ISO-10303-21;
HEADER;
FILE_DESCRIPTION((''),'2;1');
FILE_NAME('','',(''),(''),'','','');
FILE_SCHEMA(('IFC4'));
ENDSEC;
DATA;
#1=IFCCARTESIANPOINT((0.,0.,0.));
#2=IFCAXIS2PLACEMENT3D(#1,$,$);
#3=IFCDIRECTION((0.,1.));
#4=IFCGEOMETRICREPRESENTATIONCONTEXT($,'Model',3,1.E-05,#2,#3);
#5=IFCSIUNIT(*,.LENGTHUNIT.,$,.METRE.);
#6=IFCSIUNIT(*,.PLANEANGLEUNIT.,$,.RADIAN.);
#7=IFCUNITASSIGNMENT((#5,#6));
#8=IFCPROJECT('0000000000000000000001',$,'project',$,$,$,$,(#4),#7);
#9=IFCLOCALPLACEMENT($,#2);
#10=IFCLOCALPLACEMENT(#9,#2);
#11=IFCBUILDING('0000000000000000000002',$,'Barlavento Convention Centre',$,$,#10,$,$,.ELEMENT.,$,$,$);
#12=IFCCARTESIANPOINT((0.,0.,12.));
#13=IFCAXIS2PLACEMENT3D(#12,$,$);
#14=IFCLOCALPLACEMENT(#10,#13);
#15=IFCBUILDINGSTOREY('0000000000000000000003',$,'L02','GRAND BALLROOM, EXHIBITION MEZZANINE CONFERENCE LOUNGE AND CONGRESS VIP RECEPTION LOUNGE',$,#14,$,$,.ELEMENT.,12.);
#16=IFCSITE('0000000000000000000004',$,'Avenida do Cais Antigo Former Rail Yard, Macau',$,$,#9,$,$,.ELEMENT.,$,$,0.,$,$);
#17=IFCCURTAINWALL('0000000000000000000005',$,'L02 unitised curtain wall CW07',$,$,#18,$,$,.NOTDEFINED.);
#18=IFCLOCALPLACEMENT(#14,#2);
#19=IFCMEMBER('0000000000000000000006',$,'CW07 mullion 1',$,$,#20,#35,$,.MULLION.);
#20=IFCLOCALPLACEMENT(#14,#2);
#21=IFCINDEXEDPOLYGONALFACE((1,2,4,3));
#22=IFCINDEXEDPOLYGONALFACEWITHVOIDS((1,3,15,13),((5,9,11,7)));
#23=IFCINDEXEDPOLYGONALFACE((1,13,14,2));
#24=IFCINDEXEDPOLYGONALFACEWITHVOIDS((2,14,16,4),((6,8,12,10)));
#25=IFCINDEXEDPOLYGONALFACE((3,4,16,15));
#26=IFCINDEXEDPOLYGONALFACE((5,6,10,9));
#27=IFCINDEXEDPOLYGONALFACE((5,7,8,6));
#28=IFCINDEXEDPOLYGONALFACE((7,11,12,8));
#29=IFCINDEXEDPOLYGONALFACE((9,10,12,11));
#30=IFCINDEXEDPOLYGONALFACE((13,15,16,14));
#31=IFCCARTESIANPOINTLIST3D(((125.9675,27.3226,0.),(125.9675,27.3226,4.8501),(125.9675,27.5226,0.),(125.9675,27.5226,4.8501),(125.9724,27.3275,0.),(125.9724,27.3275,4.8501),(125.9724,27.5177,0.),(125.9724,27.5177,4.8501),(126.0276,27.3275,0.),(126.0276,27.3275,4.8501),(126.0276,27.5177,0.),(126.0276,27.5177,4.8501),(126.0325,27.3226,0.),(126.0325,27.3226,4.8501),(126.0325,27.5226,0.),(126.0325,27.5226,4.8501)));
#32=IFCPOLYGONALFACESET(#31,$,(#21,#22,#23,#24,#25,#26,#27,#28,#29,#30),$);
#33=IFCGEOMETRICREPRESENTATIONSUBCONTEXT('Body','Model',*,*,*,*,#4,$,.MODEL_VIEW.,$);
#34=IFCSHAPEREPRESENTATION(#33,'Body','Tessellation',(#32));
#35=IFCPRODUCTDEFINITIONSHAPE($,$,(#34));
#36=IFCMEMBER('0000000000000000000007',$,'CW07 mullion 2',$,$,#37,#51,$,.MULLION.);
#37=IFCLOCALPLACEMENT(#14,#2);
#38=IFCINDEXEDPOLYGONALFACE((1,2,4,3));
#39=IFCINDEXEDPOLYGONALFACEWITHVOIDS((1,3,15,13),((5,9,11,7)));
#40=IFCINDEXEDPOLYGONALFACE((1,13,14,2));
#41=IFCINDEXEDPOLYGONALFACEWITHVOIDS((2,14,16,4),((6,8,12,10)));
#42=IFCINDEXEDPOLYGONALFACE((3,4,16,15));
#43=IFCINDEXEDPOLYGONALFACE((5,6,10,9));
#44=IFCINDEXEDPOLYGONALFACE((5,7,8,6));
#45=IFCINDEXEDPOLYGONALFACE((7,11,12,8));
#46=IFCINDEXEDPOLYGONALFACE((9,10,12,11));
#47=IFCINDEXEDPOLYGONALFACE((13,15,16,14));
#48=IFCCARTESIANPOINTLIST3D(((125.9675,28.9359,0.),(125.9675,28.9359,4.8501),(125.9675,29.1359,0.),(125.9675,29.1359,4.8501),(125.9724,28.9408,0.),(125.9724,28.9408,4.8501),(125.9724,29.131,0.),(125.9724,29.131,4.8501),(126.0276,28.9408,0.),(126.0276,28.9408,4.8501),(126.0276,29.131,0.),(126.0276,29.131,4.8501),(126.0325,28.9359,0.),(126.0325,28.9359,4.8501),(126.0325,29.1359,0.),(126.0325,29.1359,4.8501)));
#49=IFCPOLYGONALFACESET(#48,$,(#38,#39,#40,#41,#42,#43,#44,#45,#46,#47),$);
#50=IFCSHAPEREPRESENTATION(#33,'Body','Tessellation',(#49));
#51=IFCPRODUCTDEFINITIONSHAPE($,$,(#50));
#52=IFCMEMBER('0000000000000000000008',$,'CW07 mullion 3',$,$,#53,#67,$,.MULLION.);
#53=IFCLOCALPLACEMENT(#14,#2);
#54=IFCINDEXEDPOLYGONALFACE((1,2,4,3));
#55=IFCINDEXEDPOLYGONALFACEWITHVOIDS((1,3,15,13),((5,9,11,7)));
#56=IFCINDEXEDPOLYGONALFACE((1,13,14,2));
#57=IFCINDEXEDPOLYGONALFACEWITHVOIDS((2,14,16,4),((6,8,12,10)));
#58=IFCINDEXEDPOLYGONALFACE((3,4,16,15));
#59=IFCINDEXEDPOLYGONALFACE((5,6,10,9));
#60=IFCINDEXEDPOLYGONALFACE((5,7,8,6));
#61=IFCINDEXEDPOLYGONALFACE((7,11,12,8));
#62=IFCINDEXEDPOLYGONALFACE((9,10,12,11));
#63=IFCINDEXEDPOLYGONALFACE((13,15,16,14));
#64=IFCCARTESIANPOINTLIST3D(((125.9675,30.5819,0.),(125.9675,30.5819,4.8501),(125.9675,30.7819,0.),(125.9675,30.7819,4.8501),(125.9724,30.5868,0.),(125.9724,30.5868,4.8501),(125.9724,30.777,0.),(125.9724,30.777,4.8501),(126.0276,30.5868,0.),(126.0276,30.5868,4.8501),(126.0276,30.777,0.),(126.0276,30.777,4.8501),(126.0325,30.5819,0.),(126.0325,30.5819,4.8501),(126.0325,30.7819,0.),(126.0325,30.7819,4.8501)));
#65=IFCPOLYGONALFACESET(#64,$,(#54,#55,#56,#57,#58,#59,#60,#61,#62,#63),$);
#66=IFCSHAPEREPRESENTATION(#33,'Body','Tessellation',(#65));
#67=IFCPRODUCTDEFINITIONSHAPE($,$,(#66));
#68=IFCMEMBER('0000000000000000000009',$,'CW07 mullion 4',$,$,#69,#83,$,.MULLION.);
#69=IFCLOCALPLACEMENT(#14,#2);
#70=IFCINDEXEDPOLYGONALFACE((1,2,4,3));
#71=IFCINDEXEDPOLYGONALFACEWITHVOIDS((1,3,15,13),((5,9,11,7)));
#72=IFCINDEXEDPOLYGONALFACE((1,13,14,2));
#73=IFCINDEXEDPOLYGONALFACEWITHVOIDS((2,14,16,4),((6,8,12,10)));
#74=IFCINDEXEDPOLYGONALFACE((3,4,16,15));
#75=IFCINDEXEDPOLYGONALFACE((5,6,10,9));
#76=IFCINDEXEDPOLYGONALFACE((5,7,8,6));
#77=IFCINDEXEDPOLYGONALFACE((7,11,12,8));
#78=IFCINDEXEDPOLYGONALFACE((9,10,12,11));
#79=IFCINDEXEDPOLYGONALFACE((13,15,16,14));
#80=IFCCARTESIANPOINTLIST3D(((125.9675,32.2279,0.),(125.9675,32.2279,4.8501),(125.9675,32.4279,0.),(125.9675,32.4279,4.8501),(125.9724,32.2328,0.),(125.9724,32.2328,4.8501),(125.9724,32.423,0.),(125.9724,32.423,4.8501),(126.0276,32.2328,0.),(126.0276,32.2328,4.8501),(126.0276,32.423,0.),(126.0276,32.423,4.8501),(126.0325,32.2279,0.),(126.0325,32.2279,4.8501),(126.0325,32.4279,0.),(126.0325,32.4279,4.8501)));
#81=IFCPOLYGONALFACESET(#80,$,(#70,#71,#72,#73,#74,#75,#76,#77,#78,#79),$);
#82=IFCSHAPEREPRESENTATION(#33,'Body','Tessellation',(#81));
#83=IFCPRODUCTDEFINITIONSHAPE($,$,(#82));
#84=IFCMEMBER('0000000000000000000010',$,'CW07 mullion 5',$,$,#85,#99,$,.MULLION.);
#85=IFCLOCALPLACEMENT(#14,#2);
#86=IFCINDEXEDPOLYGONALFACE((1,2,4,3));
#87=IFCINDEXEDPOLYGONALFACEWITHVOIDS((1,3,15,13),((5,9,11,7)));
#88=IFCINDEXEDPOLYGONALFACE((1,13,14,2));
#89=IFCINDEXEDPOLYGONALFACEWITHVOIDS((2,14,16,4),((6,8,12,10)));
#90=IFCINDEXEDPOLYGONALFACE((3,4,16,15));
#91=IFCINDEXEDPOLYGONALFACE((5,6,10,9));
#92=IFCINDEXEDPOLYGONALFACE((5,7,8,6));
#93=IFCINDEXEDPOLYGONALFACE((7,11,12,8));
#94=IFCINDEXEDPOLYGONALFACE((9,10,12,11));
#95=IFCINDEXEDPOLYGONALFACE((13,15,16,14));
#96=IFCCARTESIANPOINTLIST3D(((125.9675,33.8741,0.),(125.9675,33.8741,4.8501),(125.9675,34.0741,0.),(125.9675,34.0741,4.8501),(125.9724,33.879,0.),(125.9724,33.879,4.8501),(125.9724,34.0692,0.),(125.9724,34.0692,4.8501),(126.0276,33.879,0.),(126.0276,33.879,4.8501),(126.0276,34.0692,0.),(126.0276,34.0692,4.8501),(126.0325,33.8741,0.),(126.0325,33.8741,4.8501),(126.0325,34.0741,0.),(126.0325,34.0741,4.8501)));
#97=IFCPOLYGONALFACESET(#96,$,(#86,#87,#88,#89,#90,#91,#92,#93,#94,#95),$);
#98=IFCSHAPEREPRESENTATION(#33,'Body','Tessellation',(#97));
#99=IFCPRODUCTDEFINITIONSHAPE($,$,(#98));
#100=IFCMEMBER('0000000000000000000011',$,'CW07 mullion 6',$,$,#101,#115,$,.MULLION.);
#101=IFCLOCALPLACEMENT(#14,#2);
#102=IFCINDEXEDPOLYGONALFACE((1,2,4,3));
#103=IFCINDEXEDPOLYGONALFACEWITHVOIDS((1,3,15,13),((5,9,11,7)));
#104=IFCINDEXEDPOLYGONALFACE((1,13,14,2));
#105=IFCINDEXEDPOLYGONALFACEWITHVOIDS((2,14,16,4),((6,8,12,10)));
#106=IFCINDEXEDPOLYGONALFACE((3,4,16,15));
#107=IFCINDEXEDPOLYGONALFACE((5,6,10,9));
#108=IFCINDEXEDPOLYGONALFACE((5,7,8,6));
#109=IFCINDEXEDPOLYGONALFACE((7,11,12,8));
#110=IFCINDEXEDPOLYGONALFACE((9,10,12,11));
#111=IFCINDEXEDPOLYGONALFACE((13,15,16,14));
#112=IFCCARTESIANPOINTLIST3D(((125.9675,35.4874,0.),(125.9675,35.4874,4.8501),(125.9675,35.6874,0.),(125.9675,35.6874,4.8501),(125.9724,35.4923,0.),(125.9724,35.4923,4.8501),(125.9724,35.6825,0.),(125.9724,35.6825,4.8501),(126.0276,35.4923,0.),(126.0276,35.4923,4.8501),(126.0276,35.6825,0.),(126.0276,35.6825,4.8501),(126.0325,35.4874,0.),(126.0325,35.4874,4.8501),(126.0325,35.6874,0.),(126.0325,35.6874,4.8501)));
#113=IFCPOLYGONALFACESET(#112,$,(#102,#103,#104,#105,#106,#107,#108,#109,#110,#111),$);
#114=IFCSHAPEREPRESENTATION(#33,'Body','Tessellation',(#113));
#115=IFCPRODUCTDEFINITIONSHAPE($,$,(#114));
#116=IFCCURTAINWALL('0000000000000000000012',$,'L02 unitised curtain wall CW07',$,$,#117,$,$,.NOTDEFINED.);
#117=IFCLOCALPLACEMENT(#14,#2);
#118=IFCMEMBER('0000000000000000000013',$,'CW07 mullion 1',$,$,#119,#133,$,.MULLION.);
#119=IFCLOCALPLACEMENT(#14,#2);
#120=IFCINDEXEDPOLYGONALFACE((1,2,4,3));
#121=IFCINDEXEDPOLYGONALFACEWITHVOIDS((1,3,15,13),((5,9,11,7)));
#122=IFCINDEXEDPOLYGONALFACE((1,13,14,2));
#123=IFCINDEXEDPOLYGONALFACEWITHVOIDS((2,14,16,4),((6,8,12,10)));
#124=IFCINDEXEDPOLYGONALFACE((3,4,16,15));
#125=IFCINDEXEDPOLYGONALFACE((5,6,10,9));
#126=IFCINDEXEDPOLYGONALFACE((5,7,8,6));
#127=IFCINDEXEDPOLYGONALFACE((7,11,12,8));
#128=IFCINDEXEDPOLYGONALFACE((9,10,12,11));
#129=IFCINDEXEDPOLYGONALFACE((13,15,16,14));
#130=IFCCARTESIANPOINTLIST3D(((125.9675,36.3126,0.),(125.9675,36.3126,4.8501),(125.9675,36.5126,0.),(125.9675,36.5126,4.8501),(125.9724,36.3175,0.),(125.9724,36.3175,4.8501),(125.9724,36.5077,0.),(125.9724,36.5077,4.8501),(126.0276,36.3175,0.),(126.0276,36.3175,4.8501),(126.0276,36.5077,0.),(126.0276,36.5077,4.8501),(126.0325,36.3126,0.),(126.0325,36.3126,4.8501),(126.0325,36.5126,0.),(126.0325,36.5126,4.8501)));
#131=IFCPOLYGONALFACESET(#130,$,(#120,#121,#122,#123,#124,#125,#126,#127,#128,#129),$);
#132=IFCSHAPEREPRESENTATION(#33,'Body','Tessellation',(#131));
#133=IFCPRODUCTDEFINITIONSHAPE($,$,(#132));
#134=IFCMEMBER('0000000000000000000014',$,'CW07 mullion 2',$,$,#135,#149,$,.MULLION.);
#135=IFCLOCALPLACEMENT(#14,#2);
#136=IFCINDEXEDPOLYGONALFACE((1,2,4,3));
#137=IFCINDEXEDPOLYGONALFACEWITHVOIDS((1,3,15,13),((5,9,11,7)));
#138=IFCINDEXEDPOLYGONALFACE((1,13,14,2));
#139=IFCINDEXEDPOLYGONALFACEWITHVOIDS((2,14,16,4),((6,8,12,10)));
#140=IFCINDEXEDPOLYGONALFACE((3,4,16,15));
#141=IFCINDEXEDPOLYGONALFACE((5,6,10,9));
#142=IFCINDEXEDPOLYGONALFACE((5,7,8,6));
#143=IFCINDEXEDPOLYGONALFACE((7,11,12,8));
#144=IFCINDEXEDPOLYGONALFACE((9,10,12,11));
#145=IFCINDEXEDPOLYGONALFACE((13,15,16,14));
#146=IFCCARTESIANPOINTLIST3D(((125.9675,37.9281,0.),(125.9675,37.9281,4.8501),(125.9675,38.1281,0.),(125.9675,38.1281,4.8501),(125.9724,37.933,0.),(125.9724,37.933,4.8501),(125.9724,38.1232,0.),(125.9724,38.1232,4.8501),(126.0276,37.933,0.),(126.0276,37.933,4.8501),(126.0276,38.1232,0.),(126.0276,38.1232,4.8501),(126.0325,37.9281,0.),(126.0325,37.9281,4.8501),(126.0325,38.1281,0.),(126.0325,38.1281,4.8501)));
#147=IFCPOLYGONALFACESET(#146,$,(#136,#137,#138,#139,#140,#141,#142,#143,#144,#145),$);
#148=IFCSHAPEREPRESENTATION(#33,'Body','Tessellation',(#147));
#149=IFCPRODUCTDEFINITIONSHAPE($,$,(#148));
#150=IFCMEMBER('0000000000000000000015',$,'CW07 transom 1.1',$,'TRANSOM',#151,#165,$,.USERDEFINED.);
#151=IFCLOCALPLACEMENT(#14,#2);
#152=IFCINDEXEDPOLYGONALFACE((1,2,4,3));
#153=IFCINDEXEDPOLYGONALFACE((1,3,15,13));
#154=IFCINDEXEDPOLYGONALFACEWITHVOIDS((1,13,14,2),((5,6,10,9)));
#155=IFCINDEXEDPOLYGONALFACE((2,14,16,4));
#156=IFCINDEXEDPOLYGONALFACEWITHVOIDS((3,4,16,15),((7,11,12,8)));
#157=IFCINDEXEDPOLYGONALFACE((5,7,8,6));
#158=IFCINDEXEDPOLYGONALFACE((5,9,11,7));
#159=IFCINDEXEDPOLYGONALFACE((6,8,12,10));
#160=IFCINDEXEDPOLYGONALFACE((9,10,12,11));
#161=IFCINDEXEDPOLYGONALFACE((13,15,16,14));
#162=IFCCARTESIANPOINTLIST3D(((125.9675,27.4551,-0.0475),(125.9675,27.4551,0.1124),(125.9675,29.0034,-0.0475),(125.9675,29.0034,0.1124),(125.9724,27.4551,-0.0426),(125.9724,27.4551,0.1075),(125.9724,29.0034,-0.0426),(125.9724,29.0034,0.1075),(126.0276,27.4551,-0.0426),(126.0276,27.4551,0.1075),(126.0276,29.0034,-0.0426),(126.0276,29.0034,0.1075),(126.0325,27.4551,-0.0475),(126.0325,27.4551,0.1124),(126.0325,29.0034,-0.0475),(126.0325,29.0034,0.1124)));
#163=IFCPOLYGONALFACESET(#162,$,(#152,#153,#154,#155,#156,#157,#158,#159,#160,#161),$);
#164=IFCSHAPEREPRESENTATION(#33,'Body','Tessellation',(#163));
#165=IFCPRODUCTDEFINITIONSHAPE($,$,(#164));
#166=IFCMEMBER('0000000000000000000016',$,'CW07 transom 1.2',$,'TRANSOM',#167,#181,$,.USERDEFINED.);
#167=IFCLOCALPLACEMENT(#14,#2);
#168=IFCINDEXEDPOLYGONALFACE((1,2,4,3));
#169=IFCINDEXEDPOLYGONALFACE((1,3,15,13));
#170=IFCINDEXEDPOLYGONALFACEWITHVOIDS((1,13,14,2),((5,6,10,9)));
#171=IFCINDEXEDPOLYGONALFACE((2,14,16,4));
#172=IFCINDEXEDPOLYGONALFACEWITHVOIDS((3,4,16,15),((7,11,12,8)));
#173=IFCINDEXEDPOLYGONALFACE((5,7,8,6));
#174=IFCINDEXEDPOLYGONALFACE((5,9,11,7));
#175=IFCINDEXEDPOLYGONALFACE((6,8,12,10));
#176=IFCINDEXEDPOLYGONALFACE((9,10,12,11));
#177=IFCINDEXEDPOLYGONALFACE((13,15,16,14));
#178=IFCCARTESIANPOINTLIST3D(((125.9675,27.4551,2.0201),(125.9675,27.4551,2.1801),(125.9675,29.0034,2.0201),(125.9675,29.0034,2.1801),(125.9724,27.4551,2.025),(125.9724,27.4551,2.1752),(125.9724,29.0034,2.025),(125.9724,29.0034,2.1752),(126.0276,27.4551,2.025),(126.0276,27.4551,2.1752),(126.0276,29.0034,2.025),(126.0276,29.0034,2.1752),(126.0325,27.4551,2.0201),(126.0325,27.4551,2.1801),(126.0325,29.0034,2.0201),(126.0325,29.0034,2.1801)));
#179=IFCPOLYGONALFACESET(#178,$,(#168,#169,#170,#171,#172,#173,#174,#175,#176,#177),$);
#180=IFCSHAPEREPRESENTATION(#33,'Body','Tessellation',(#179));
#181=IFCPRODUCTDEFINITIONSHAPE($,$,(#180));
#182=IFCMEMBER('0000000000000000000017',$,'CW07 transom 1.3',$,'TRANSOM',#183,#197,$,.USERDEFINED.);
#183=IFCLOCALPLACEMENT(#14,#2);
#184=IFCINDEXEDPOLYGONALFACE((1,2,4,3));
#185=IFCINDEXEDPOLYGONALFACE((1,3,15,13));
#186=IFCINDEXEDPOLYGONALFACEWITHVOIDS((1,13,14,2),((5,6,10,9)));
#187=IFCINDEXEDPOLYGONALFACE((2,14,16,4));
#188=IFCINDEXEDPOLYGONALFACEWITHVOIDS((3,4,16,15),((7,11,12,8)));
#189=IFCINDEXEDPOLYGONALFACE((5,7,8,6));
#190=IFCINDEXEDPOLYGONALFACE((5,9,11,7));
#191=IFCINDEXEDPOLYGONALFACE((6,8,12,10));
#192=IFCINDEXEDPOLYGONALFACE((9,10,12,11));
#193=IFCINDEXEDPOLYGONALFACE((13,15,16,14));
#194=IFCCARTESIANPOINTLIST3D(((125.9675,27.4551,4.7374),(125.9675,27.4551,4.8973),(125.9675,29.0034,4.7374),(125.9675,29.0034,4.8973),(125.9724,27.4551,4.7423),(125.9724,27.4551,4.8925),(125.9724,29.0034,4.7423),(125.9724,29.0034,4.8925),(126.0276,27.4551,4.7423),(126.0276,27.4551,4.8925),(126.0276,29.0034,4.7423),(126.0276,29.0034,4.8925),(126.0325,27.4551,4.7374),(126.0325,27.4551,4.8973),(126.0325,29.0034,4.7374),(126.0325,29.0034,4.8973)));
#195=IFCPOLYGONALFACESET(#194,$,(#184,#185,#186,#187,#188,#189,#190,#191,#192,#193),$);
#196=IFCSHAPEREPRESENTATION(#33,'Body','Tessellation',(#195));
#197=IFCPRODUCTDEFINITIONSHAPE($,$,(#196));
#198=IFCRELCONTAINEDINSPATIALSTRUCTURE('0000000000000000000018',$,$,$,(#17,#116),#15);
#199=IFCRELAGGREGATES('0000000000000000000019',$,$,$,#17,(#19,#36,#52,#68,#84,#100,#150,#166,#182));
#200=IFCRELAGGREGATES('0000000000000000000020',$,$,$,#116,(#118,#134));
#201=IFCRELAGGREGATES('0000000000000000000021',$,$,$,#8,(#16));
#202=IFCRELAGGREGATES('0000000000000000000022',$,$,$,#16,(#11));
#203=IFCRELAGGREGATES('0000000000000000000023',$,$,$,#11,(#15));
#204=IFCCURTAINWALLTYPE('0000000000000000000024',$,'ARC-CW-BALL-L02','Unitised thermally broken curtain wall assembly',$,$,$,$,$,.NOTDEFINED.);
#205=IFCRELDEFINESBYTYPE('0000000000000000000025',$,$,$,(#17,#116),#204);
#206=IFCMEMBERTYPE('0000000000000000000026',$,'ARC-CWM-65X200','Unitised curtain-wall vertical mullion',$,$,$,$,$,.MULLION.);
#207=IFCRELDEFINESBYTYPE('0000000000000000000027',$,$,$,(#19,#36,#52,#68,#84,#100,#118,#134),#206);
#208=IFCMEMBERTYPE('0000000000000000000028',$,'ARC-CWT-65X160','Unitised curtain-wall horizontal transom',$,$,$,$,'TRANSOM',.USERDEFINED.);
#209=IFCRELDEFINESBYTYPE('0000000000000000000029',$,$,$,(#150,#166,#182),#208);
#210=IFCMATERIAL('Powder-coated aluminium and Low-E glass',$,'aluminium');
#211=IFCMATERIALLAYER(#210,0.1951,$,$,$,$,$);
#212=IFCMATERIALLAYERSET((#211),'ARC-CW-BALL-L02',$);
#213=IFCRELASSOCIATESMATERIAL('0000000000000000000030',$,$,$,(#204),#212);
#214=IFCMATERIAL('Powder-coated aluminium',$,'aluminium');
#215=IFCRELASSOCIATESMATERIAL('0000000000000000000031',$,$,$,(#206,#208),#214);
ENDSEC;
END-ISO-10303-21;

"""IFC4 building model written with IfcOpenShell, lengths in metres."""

from ifc_helpers import new_model, si_unit, direction, frame, origin, origin_2d, place, context, subcontext, project, spatial, hollow_rectangle, extrude, material, layer, layer_set, material_profile, profile_set, type_object, element, aggregate, save


model = new_model("IFC4")

# Units and contexts
model_context = context("Model", 3, precision=1e-05, world=origin(), true_north=direction((0.0, 1.0)))
body_context = subcontext(model_context, "Body", "Model", "MODEL_VIEW")
ifc_project = project(units=[si_unit("LENGTHUNIT", "METRE"), si_unit("PLANEANGLEUNIT", "RADIAN")], contexts=[model_context])

# Site, building, storey
site_placement = place(None, origin())
site = spatial("IfcSite", under=ifc_project, at=site_placement, Name="Avenida do Cais Antigo Former Rail Yard, Macau", CompositionType="ELEMENT", RefElevation=0.0)
building_placement = place(site_placement, origin())
building = spatial("IfcBuilding", under=site, at=building_placement, Name="Barlavento Convention Centre", CompositionType="ELEMENT")
storey_placement = place(building_placement, frame((0.0, 0.0, 12.0)))
storey = spatial("IfcBuildingStorey", under=building, at=storey_placement, Name="L02", Description="GRAND BALLROOM, EXHIBITION MEZZANINE CONFERENCE LOUNGE AND CONGRESS VIP RECEPTION LOUNGE", CompositionType="ELEMENT", Elevation=12.0)

# Curtain walls, members
ifc_material_1 = material(Name="Powder-coated aluminium and Low-E glass", Category="aluminium")
ifc_layer_1 = layer(ifc_material_1, 0.1951)
ifc_layer_set_1 = layer_set([ifc_layer_1], Name="ARC-CW-BALL-L02")
curtain_wall_type = type_object("IfcCurtainWallType", Name="ARC-CW-BALL-L02", Description="Unitised thermally broken curtain wall assembly", PredefinedType="NOTDEFINED", material=ifc_layer_set_1)
curtain_wall_1_placement = place(storey_placement, origin())
curtain_wall_1 = element("IfcCurtainWall", 1, at=curtain_wall_1_placement, inside=storey, type_object=curtain_wall_type, Name="L02 unitised curtain wall CW07", PredefinedType="NOTDEFINED")
ifc_material_2 = material(Name="Powder-coated aluminium", Category="aluminium")
ifc_material_profile_1 = material_profile(ifc_material_2, hollow_rectangle(XDim=0.0649, YDim=0.2, WallThickness=0.0049, at=origin_2d()), Name="AL-MULL 65x200x5")
ifc_profile_set_1 = profile_set([ifc_material_profile_1], Name="Powder-coated aluminium")
member_type_1 = type_object("IfcMemberType", Name="ARC-CWM-65X200", Description="Unitised curtain-wall vertical mullion", PredefinedType="MULLION", material=ifc_profile_set_1)
member_1_placement = place(storey_placement, frame((126.0, 27.4226, 0.0), z_axis=(0.0, 0.0, 1.0), x_axis=(-1.0, 0.0, 0.0)))
member_1 = element("IfcMember", 2, at=member_1_placement, type_object=member_type_1, Name="CW07 mullion 1", PredefinedType="MULLION", context=body_context, shape_type="SweptSolid", body=[
    extrude(hollow_rectangle(XDim=0.0649, YDim=0.2, WallThickness=0.0049, at=origin_2d()), origin(), (0.0, 0.0, 1.0), 4.8501),
])
member_2_placement = place(storey_placement, frame((126.0, 29.0359, 0.0), z_axis=(0.0, 0.0, 1.0), x_axis=(-1.0, 0.0, 0.0)))
member_2 = element("IfcMember", 3, at=member_2_placement, type_object=member_type_1, Name="CW07 mullion 2", PredefinedType="MULLION", context=body_context, shape_type="SweptSolid", body=[
    extrude(hollow_rectangle(XDim=0.0649, YDim=0.2, WallThickness=0.0049, at=origin_2d()), origin(), (0.0, 0.0, 1.0), 4.8501),
])
member_3_placement = place(storey_placement, frame((126.0, 30.6819, 0.0), z_axis=(0.0, 0.0, 1.0), x_axis=(-1.0, 0.0, 0.0)))
member_3 = element("IfcMember", 4, at=member_3_placement, type_object=member_type_1, Name="CW07 mullion 3", PredefinedType="MULLION", context=body_context, shape_type="SweptSolid", body=[
    extrude(hollow_rectangle(XDim=0.0649, YDim=0.2, WallThickness=0.0049, at=origin_2d()), origin(), (0.0, 0.0, 1.0), 4.8501),
])
member_4_placement = place(storey_placement, frame((126.0, 32.3279, 0.0), z_axis=(0.0, 0.0, 1.0), x_axis=(-1.0, 0.0, 0.0)))
member_4 = element("IfcMember", 5, at=member_4_placement, type_object=member_type_1, Name="CW07 mullion 4", PredefinedType="MULLION", context=body_context, shape_type="SweptSolid", body=[
    extrude(hollow_rectangle(XDim=0.0649, YDim=0.2, WallThickness=0.0049, at=origin_2d()), origin(), (0.0, 0.0, 1.0), 4.8501),
])
member_5_placement = place(storey_placement, frame((126.0, 33.9741, 0.0), z_axis=(0.0, 0.0, 1.0), x_axis=(-1.0, 0.0, 0.0)))
member_5 = element("IfcMember", 6, at=member_5_placement, type_object=member_type_1, Name="CW07 mullion 5", PredefinedType="MULLION", context=body_context, shape_type="SweptSolid", body=[
    extrude(hollow_rectangle(XDim=0.0649, YDim=0.2, WallThickness=0.0049, at=origin_2d()), origin(), (0.0, 0.0, 1.0), 4.8501),
])
member_6_placement = place(storey_placement, frame((126.0, 35.5874, 0.0), z_axis=(0.0, 0.0, 1.0), x_axis=(-1.0, 0.0, 0.0)))
member_6 = element("IfcMember", 7, at=member_6_placement, type_object=member_type_1, Name="CW07 mullion 6", PredefinedType="MULLION", context=body_context, shape_type="SweptSolid", body=[
    extrude(hollow_rectangle(XDim=0.0649, YDim=0.2, WallThickness=0.0049, at=origin_2d()), origin(), (0.0, 0.0, 1.0), 4.8501),
])
curtain_wall_2_placement = place(storey_placement, origin())
curtain_wall_2 = element("IfcCurtainWall", 8, at=curtain_wall_2_placement, inside=storey, type_object=curtain_wall_type, Name="L02 unitised curtain wall CW07", PredefinedType="NOTDEFINED")
member_7_placement = place(storey_placement, frame((126.0, 36.4126, 0.0), z_axis=(0.0, 0.0, 1.0), x_axis=(-1.0, 0.0, 0.0)))
member_7 = element("IfcMember", 9, at=member_7_placement, type_object=member_type_1, Name="CW07 mullion 1", PredefinedType="MULLION", context=body_context, shape_type="SweptSolid", body=[
    extrude(hollow_rectangle(XDim=0.0649, YDim=0.2, WallThickness=0.0049, at=origin_2d()), origin(), (0.0, 0.0, 1.0), 4.8501),
])
member_8_placement = place(storey_placement, frame((126.0, 38.0281, 0.0), z_axis=(0.0, 0.0, 1.0), x_axis=(-1.0, 0.0, 0.0)))
member_8 = element("IfcMember", 10, at=member_8_placement, type_object=member_type_1, Name="CW07 mullion 2", PredefinedType="MULLION", context=body_context, shape_type="SweptSolid", body=[
    extrude(hollow_rectangle(XDim=0.0649, YDim=0.2, WallThickness=0.0049, at=origin_2d()), origin(), (0.0, 0.0, 1.0), 4.8501),
])

# Members
ifc_material_profile_2 = material_profile(ifc_material_2, hollow_rectangle(XDim=0.0649, YDim=0.1599, WallThickness=0.0049, at=origin_2d()), Name="AL-TRAN 65x160x5")
ifc_profile_set_2 = profile_set([ifc_material_profile_2], Name="Powder-coated aluminium")
member_type_2 = type_object("IfcMemberType", Name="ARC-CWT-65X160", Description="Unitised curtain-wall horizontal transom", ElementType="TRANSOM", PredefinedType="USERDEFINED", material=ifc_profile_set_2)
member_9_placement = place(storey_placement, frame((126.0, 27.4551, 0.0325), z_axis=(0.0, 1.0, 0.0), x_axis=(-1.0, 0.0, 0.0)))
member_9 = element("IfcMember", 11, at=member_9_placement, type_object=member_type_2, Name="CW07 transom 1.1", ObjectType="TRANSOM", PredefinedType="USERDEFINED", context=body_context, shape_type="SweptSolid", body=[
    extrude(hollow_rectangle(XDim=0.0649, YDim=0.1599, WallThickness=0.0049, at=origin_2d()), origin(), (0.0, 0.0, 1.0), 1.5483),
])
member_10_placement = place(storey_placement, frame((126.0, 27.4551, 2.1001), z_axis=(0.0, 1.0, 0.0), x_axis=(-1.0, 0.0, 0.0)))
member_10 = element("IfcMember", 12, at=member_10_placement, type_object=member_type_2, Name="CW07 transom 1.2", ObjectType="TRANSOM", PredefinedType="USERDEFINED", context=body_context, shape_type="SweptSolid", body=[
    extrude(hollow_rectangle(XDim=0.0649, YDim=0.1599, WallThickness=0.0049, at=origin_2d()), origin(), (0.0, 0.0, 1.0), 1.5483),
])
member_11_placement = place(storey_placement, frame((126.0, 27.4551, 4.8174), z_axis=(0.0, 1.0, 0.0), x_axis=(-1.0, 0.0, 0.0)))
member_11 = element("IfcMember", 13, at=member_11_placement, type_object=member_type_2, Name="CW07 transom 1.3", ObjectType="TRANSOM", PredefinedType="USERDEFINED", context=body_context, shape_type="SweptSolid", body=[
    extrude(hollow_rectangle(XDim=0.0649, YDim=0.1599, WallThickness=0.0049, at=origin_2d()), origin(), (0.0, 0.0, 1.0), 1.5483),
])

aggregate(curtain_wall_1, [member_1, member_2, member_3, member_4, member_5, member_6, member_9, member_10, member_11])
aggregate(curtain_wall_2, [member_7, member_8])

save(model, "model.ifc")
